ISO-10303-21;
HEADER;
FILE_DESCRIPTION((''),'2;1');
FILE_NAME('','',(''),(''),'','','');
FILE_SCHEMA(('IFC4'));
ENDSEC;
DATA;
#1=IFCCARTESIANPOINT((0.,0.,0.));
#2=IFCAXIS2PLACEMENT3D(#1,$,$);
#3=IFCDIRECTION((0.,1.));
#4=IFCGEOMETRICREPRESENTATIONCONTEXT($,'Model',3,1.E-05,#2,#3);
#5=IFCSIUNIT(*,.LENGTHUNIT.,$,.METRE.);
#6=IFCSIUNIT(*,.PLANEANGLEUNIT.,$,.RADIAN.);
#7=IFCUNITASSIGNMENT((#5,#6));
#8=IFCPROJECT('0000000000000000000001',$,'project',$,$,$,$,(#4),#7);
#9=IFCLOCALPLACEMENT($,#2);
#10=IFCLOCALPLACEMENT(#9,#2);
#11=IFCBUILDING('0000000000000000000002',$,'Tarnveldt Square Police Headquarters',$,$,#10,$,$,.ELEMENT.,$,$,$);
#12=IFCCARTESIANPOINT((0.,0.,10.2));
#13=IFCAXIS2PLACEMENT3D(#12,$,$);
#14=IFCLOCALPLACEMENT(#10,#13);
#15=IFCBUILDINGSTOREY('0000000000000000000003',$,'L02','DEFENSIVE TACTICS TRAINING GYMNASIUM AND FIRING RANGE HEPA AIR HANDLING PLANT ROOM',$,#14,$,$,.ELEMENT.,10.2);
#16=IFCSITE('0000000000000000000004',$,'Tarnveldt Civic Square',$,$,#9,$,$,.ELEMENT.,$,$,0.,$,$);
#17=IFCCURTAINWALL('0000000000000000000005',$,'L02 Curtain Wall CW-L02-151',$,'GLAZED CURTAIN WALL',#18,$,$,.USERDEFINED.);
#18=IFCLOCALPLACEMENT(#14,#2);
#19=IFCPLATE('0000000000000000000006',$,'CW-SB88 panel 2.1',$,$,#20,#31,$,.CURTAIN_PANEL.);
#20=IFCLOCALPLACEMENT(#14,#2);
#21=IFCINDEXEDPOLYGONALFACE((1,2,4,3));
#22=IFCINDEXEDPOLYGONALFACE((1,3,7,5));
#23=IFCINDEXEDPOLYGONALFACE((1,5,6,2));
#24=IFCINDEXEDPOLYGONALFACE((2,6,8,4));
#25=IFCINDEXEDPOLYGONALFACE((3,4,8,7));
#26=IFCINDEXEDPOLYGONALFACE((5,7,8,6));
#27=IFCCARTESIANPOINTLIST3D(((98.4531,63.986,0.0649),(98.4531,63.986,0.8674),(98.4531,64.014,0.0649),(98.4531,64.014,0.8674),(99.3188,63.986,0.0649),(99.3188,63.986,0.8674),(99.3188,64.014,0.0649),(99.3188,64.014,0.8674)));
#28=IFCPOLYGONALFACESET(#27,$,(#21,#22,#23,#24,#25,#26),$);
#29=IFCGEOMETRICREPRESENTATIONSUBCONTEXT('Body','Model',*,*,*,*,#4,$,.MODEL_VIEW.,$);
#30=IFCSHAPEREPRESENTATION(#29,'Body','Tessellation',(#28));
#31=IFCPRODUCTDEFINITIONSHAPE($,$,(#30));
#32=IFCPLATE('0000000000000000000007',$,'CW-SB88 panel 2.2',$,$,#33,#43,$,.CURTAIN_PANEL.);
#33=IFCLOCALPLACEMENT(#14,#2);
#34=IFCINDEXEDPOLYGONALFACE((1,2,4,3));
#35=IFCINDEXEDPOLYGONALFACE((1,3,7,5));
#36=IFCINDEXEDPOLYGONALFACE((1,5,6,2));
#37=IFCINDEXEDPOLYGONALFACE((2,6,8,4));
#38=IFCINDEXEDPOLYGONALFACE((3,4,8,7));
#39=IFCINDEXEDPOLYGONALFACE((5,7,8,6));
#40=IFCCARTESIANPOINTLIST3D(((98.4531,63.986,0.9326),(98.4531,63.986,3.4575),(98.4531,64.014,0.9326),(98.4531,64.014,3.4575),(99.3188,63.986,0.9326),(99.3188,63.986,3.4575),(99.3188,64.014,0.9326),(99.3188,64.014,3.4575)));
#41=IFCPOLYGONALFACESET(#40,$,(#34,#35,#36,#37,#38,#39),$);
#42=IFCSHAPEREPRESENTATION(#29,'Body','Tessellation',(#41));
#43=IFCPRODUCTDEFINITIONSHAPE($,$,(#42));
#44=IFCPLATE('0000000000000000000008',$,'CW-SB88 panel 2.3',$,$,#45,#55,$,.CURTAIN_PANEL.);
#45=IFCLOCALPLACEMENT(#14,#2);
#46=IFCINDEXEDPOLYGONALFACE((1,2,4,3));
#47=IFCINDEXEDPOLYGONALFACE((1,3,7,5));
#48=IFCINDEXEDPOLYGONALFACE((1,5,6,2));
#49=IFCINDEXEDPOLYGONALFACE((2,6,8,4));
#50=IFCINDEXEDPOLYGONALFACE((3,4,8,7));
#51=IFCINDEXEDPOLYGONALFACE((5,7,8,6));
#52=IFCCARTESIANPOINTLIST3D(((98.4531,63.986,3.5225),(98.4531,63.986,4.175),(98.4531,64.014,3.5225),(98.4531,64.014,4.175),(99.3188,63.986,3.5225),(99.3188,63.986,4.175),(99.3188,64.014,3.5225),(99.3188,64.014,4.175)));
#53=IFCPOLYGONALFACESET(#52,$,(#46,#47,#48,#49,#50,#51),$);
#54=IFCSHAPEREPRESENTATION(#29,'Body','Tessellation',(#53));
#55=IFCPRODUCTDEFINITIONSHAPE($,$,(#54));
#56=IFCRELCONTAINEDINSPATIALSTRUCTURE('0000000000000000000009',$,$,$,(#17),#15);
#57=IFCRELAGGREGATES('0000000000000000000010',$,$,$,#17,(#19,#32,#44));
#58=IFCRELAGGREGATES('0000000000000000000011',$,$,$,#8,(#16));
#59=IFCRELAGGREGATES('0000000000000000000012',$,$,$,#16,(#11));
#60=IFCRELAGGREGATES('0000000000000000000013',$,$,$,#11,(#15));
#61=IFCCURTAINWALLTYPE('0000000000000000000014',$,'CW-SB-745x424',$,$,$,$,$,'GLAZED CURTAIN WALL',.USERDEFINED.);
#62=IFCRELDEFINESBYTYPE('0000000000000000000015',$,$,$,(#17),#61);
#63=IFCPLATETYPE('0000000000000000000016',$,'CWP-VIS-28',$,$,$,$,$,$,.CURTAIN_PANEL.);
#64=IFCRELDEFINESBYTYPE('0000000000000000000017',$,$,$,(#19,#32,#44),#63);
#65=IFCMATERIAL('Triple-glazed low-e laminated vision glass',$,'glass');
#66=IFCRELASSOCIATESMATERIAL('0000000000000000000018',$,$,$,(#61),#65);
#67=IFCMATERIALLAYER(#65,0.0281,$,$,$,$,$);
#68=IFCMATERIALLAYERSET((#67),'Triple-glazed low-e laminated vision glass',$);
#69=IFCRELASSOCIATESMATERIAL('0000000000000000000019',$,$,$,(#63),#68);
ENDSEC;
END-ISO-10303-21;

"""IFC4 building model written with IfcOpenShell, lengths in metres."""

from ifc_helpers import new_model, si_unit, direction, frame, origin, origin_2d, place, context, subcontext, project, spatial, rectangle, extrude, material, layer, layer_set, type_object, element, aggregate, save


model = new_model("IFC4")

# Units and contexts
model_context = context("Model", 3, precision=1e-05, world=origin(), true_north=direction((0.0, 1.0)))
body_context = subcontext(model_context, "Body", "Model", "MODEL_VIEW")
ifc_project = project(units=[si_unit("LENGTHUNIT", "METRE"), si_unit("PLANEANGLEUNIT", "RADIAN")], contexts=[model_context])

# Site, building, storey
site_placement = place(None, origin())
site = spatial("IfcSite", under=ifc_project, at=site_placement, Name="Tarnveldt Civic Square", CompositionType="ELEMENT", RefElevation=0.0)
building_placement = place(site_placement, origin())
building = spatial("IfcBuilding", under=site, at=building_placement, Name="Tarnveldt Square Police Headquarters", CompositionType="ELEMENT")
storey_placement = place(building_placement, frame((0.0, 0.0, 10.2)))
storey = spatial("IfcBuildingStorey", under=building, at=storey_placement, Name="L02", Description="DEFENSIVE TACTICS TRAINING GYMNASIUM AND FIRING RANGE HEPA AIR HANDLING PLANT ROOM", CompositionType="ELEMENT", Elevation=10.2)

# Curtain wall
ifc_material_1 = material(Name="Triple-glazed low-e laminated vision glass", Category="glass")
curtain_wall_type = type_object("IfcCurtainWallType", Name="CW-SB-745x424", ElementType="GLAZED CURTAIN WALL", PredefinedType="USERDEFINED", material=ifc_material_1)
curtain_wall_placement = place(storey_placement, origin())
curtain_wall = element("IfcCurtainWall", 1, at=curtain_wall_placement, inside=storey, type_object=curtain_wall_type, Name="L02 Curtain Wall CW-L02-151", ObjectType="GLAZED CURTAIN WALL", PredefinedType="USERDEFINED")

# Plates
ifc_layer = layer(ifc_material_1, 0.0281)
ifc_layer_set = layer_set([ifc_layer], Name="Triple-glazed low-e laminated vision glass")
plate_type = type_object("IfcPlateType", Name="CWP-VIS-28", PredefinedType="CURTAIN_PANEL", material=ifc_layer_set)
plate_1_placement = place(storey_placement, frame((98.886, 64.0, 0.0649), z_axis=(0.0, 0.0, 1.0), x_axis=(1.0, 0.0, 0.0)))
plate_1 = element("IfcPlate", 2, at=plate_1_placement, type_object=plate_type, Name="CW-SB88 panel 2.1", PredefinedType="CURTAIN_PANEL", context=body_context, shape_type="SweptSolid", body=[
    extrude(rectangle(XDim=0.8657, YDim=0.0281, at=origin_2d()), origin(), (0.0, 0.0, 1.0), 0.8025),
])
plate_2_placement = place(storey_placement, frame((98.886, 64.0, 0.9326), z_axis=(0.0, 0.0, 1.0), x_axis=(1.0, 0.0, 0.0)))
plate_2 = element("IfcPlate", 3, at=plate_2_placement, type_object=plate_type, Name="CW-SB88 panel 2.2", PredefinedType="CURTAIN_PANEL", context=body_context, shape_type="SweptSolid", body=[
    extrude(rectangle(XDim=0.8657, YDim=0.0281, at=origin_2d()), origin(), (0.0, 0.0, 1.0), 2.5249),
])
plate_3_placement = place(storey_placement, frame((98.886, 64.0, 3.5225), z_axis=(0.0, 0.0, 1.0), x_axis=(1.0, 0.0, 0.0)))
plate_3 = element("IfcPlate", 4, at=plate_3_placement, type_object=plate_type, Name="CW-SB88 panel 2.3", PredefinedType="CURTAIN_PANEL", context=body_context, shape_type="SweptSolid", body=[
    extrude(rectangle(XDim=0.8657, YDim=0.0281, at=origin_2d()), origin(), (0.0, 0.0, 1.0), 0.6526),
])
aggregate(curtain_wall, [plate_1, plate_2, plate_3])

save(model, "model.ifc")
